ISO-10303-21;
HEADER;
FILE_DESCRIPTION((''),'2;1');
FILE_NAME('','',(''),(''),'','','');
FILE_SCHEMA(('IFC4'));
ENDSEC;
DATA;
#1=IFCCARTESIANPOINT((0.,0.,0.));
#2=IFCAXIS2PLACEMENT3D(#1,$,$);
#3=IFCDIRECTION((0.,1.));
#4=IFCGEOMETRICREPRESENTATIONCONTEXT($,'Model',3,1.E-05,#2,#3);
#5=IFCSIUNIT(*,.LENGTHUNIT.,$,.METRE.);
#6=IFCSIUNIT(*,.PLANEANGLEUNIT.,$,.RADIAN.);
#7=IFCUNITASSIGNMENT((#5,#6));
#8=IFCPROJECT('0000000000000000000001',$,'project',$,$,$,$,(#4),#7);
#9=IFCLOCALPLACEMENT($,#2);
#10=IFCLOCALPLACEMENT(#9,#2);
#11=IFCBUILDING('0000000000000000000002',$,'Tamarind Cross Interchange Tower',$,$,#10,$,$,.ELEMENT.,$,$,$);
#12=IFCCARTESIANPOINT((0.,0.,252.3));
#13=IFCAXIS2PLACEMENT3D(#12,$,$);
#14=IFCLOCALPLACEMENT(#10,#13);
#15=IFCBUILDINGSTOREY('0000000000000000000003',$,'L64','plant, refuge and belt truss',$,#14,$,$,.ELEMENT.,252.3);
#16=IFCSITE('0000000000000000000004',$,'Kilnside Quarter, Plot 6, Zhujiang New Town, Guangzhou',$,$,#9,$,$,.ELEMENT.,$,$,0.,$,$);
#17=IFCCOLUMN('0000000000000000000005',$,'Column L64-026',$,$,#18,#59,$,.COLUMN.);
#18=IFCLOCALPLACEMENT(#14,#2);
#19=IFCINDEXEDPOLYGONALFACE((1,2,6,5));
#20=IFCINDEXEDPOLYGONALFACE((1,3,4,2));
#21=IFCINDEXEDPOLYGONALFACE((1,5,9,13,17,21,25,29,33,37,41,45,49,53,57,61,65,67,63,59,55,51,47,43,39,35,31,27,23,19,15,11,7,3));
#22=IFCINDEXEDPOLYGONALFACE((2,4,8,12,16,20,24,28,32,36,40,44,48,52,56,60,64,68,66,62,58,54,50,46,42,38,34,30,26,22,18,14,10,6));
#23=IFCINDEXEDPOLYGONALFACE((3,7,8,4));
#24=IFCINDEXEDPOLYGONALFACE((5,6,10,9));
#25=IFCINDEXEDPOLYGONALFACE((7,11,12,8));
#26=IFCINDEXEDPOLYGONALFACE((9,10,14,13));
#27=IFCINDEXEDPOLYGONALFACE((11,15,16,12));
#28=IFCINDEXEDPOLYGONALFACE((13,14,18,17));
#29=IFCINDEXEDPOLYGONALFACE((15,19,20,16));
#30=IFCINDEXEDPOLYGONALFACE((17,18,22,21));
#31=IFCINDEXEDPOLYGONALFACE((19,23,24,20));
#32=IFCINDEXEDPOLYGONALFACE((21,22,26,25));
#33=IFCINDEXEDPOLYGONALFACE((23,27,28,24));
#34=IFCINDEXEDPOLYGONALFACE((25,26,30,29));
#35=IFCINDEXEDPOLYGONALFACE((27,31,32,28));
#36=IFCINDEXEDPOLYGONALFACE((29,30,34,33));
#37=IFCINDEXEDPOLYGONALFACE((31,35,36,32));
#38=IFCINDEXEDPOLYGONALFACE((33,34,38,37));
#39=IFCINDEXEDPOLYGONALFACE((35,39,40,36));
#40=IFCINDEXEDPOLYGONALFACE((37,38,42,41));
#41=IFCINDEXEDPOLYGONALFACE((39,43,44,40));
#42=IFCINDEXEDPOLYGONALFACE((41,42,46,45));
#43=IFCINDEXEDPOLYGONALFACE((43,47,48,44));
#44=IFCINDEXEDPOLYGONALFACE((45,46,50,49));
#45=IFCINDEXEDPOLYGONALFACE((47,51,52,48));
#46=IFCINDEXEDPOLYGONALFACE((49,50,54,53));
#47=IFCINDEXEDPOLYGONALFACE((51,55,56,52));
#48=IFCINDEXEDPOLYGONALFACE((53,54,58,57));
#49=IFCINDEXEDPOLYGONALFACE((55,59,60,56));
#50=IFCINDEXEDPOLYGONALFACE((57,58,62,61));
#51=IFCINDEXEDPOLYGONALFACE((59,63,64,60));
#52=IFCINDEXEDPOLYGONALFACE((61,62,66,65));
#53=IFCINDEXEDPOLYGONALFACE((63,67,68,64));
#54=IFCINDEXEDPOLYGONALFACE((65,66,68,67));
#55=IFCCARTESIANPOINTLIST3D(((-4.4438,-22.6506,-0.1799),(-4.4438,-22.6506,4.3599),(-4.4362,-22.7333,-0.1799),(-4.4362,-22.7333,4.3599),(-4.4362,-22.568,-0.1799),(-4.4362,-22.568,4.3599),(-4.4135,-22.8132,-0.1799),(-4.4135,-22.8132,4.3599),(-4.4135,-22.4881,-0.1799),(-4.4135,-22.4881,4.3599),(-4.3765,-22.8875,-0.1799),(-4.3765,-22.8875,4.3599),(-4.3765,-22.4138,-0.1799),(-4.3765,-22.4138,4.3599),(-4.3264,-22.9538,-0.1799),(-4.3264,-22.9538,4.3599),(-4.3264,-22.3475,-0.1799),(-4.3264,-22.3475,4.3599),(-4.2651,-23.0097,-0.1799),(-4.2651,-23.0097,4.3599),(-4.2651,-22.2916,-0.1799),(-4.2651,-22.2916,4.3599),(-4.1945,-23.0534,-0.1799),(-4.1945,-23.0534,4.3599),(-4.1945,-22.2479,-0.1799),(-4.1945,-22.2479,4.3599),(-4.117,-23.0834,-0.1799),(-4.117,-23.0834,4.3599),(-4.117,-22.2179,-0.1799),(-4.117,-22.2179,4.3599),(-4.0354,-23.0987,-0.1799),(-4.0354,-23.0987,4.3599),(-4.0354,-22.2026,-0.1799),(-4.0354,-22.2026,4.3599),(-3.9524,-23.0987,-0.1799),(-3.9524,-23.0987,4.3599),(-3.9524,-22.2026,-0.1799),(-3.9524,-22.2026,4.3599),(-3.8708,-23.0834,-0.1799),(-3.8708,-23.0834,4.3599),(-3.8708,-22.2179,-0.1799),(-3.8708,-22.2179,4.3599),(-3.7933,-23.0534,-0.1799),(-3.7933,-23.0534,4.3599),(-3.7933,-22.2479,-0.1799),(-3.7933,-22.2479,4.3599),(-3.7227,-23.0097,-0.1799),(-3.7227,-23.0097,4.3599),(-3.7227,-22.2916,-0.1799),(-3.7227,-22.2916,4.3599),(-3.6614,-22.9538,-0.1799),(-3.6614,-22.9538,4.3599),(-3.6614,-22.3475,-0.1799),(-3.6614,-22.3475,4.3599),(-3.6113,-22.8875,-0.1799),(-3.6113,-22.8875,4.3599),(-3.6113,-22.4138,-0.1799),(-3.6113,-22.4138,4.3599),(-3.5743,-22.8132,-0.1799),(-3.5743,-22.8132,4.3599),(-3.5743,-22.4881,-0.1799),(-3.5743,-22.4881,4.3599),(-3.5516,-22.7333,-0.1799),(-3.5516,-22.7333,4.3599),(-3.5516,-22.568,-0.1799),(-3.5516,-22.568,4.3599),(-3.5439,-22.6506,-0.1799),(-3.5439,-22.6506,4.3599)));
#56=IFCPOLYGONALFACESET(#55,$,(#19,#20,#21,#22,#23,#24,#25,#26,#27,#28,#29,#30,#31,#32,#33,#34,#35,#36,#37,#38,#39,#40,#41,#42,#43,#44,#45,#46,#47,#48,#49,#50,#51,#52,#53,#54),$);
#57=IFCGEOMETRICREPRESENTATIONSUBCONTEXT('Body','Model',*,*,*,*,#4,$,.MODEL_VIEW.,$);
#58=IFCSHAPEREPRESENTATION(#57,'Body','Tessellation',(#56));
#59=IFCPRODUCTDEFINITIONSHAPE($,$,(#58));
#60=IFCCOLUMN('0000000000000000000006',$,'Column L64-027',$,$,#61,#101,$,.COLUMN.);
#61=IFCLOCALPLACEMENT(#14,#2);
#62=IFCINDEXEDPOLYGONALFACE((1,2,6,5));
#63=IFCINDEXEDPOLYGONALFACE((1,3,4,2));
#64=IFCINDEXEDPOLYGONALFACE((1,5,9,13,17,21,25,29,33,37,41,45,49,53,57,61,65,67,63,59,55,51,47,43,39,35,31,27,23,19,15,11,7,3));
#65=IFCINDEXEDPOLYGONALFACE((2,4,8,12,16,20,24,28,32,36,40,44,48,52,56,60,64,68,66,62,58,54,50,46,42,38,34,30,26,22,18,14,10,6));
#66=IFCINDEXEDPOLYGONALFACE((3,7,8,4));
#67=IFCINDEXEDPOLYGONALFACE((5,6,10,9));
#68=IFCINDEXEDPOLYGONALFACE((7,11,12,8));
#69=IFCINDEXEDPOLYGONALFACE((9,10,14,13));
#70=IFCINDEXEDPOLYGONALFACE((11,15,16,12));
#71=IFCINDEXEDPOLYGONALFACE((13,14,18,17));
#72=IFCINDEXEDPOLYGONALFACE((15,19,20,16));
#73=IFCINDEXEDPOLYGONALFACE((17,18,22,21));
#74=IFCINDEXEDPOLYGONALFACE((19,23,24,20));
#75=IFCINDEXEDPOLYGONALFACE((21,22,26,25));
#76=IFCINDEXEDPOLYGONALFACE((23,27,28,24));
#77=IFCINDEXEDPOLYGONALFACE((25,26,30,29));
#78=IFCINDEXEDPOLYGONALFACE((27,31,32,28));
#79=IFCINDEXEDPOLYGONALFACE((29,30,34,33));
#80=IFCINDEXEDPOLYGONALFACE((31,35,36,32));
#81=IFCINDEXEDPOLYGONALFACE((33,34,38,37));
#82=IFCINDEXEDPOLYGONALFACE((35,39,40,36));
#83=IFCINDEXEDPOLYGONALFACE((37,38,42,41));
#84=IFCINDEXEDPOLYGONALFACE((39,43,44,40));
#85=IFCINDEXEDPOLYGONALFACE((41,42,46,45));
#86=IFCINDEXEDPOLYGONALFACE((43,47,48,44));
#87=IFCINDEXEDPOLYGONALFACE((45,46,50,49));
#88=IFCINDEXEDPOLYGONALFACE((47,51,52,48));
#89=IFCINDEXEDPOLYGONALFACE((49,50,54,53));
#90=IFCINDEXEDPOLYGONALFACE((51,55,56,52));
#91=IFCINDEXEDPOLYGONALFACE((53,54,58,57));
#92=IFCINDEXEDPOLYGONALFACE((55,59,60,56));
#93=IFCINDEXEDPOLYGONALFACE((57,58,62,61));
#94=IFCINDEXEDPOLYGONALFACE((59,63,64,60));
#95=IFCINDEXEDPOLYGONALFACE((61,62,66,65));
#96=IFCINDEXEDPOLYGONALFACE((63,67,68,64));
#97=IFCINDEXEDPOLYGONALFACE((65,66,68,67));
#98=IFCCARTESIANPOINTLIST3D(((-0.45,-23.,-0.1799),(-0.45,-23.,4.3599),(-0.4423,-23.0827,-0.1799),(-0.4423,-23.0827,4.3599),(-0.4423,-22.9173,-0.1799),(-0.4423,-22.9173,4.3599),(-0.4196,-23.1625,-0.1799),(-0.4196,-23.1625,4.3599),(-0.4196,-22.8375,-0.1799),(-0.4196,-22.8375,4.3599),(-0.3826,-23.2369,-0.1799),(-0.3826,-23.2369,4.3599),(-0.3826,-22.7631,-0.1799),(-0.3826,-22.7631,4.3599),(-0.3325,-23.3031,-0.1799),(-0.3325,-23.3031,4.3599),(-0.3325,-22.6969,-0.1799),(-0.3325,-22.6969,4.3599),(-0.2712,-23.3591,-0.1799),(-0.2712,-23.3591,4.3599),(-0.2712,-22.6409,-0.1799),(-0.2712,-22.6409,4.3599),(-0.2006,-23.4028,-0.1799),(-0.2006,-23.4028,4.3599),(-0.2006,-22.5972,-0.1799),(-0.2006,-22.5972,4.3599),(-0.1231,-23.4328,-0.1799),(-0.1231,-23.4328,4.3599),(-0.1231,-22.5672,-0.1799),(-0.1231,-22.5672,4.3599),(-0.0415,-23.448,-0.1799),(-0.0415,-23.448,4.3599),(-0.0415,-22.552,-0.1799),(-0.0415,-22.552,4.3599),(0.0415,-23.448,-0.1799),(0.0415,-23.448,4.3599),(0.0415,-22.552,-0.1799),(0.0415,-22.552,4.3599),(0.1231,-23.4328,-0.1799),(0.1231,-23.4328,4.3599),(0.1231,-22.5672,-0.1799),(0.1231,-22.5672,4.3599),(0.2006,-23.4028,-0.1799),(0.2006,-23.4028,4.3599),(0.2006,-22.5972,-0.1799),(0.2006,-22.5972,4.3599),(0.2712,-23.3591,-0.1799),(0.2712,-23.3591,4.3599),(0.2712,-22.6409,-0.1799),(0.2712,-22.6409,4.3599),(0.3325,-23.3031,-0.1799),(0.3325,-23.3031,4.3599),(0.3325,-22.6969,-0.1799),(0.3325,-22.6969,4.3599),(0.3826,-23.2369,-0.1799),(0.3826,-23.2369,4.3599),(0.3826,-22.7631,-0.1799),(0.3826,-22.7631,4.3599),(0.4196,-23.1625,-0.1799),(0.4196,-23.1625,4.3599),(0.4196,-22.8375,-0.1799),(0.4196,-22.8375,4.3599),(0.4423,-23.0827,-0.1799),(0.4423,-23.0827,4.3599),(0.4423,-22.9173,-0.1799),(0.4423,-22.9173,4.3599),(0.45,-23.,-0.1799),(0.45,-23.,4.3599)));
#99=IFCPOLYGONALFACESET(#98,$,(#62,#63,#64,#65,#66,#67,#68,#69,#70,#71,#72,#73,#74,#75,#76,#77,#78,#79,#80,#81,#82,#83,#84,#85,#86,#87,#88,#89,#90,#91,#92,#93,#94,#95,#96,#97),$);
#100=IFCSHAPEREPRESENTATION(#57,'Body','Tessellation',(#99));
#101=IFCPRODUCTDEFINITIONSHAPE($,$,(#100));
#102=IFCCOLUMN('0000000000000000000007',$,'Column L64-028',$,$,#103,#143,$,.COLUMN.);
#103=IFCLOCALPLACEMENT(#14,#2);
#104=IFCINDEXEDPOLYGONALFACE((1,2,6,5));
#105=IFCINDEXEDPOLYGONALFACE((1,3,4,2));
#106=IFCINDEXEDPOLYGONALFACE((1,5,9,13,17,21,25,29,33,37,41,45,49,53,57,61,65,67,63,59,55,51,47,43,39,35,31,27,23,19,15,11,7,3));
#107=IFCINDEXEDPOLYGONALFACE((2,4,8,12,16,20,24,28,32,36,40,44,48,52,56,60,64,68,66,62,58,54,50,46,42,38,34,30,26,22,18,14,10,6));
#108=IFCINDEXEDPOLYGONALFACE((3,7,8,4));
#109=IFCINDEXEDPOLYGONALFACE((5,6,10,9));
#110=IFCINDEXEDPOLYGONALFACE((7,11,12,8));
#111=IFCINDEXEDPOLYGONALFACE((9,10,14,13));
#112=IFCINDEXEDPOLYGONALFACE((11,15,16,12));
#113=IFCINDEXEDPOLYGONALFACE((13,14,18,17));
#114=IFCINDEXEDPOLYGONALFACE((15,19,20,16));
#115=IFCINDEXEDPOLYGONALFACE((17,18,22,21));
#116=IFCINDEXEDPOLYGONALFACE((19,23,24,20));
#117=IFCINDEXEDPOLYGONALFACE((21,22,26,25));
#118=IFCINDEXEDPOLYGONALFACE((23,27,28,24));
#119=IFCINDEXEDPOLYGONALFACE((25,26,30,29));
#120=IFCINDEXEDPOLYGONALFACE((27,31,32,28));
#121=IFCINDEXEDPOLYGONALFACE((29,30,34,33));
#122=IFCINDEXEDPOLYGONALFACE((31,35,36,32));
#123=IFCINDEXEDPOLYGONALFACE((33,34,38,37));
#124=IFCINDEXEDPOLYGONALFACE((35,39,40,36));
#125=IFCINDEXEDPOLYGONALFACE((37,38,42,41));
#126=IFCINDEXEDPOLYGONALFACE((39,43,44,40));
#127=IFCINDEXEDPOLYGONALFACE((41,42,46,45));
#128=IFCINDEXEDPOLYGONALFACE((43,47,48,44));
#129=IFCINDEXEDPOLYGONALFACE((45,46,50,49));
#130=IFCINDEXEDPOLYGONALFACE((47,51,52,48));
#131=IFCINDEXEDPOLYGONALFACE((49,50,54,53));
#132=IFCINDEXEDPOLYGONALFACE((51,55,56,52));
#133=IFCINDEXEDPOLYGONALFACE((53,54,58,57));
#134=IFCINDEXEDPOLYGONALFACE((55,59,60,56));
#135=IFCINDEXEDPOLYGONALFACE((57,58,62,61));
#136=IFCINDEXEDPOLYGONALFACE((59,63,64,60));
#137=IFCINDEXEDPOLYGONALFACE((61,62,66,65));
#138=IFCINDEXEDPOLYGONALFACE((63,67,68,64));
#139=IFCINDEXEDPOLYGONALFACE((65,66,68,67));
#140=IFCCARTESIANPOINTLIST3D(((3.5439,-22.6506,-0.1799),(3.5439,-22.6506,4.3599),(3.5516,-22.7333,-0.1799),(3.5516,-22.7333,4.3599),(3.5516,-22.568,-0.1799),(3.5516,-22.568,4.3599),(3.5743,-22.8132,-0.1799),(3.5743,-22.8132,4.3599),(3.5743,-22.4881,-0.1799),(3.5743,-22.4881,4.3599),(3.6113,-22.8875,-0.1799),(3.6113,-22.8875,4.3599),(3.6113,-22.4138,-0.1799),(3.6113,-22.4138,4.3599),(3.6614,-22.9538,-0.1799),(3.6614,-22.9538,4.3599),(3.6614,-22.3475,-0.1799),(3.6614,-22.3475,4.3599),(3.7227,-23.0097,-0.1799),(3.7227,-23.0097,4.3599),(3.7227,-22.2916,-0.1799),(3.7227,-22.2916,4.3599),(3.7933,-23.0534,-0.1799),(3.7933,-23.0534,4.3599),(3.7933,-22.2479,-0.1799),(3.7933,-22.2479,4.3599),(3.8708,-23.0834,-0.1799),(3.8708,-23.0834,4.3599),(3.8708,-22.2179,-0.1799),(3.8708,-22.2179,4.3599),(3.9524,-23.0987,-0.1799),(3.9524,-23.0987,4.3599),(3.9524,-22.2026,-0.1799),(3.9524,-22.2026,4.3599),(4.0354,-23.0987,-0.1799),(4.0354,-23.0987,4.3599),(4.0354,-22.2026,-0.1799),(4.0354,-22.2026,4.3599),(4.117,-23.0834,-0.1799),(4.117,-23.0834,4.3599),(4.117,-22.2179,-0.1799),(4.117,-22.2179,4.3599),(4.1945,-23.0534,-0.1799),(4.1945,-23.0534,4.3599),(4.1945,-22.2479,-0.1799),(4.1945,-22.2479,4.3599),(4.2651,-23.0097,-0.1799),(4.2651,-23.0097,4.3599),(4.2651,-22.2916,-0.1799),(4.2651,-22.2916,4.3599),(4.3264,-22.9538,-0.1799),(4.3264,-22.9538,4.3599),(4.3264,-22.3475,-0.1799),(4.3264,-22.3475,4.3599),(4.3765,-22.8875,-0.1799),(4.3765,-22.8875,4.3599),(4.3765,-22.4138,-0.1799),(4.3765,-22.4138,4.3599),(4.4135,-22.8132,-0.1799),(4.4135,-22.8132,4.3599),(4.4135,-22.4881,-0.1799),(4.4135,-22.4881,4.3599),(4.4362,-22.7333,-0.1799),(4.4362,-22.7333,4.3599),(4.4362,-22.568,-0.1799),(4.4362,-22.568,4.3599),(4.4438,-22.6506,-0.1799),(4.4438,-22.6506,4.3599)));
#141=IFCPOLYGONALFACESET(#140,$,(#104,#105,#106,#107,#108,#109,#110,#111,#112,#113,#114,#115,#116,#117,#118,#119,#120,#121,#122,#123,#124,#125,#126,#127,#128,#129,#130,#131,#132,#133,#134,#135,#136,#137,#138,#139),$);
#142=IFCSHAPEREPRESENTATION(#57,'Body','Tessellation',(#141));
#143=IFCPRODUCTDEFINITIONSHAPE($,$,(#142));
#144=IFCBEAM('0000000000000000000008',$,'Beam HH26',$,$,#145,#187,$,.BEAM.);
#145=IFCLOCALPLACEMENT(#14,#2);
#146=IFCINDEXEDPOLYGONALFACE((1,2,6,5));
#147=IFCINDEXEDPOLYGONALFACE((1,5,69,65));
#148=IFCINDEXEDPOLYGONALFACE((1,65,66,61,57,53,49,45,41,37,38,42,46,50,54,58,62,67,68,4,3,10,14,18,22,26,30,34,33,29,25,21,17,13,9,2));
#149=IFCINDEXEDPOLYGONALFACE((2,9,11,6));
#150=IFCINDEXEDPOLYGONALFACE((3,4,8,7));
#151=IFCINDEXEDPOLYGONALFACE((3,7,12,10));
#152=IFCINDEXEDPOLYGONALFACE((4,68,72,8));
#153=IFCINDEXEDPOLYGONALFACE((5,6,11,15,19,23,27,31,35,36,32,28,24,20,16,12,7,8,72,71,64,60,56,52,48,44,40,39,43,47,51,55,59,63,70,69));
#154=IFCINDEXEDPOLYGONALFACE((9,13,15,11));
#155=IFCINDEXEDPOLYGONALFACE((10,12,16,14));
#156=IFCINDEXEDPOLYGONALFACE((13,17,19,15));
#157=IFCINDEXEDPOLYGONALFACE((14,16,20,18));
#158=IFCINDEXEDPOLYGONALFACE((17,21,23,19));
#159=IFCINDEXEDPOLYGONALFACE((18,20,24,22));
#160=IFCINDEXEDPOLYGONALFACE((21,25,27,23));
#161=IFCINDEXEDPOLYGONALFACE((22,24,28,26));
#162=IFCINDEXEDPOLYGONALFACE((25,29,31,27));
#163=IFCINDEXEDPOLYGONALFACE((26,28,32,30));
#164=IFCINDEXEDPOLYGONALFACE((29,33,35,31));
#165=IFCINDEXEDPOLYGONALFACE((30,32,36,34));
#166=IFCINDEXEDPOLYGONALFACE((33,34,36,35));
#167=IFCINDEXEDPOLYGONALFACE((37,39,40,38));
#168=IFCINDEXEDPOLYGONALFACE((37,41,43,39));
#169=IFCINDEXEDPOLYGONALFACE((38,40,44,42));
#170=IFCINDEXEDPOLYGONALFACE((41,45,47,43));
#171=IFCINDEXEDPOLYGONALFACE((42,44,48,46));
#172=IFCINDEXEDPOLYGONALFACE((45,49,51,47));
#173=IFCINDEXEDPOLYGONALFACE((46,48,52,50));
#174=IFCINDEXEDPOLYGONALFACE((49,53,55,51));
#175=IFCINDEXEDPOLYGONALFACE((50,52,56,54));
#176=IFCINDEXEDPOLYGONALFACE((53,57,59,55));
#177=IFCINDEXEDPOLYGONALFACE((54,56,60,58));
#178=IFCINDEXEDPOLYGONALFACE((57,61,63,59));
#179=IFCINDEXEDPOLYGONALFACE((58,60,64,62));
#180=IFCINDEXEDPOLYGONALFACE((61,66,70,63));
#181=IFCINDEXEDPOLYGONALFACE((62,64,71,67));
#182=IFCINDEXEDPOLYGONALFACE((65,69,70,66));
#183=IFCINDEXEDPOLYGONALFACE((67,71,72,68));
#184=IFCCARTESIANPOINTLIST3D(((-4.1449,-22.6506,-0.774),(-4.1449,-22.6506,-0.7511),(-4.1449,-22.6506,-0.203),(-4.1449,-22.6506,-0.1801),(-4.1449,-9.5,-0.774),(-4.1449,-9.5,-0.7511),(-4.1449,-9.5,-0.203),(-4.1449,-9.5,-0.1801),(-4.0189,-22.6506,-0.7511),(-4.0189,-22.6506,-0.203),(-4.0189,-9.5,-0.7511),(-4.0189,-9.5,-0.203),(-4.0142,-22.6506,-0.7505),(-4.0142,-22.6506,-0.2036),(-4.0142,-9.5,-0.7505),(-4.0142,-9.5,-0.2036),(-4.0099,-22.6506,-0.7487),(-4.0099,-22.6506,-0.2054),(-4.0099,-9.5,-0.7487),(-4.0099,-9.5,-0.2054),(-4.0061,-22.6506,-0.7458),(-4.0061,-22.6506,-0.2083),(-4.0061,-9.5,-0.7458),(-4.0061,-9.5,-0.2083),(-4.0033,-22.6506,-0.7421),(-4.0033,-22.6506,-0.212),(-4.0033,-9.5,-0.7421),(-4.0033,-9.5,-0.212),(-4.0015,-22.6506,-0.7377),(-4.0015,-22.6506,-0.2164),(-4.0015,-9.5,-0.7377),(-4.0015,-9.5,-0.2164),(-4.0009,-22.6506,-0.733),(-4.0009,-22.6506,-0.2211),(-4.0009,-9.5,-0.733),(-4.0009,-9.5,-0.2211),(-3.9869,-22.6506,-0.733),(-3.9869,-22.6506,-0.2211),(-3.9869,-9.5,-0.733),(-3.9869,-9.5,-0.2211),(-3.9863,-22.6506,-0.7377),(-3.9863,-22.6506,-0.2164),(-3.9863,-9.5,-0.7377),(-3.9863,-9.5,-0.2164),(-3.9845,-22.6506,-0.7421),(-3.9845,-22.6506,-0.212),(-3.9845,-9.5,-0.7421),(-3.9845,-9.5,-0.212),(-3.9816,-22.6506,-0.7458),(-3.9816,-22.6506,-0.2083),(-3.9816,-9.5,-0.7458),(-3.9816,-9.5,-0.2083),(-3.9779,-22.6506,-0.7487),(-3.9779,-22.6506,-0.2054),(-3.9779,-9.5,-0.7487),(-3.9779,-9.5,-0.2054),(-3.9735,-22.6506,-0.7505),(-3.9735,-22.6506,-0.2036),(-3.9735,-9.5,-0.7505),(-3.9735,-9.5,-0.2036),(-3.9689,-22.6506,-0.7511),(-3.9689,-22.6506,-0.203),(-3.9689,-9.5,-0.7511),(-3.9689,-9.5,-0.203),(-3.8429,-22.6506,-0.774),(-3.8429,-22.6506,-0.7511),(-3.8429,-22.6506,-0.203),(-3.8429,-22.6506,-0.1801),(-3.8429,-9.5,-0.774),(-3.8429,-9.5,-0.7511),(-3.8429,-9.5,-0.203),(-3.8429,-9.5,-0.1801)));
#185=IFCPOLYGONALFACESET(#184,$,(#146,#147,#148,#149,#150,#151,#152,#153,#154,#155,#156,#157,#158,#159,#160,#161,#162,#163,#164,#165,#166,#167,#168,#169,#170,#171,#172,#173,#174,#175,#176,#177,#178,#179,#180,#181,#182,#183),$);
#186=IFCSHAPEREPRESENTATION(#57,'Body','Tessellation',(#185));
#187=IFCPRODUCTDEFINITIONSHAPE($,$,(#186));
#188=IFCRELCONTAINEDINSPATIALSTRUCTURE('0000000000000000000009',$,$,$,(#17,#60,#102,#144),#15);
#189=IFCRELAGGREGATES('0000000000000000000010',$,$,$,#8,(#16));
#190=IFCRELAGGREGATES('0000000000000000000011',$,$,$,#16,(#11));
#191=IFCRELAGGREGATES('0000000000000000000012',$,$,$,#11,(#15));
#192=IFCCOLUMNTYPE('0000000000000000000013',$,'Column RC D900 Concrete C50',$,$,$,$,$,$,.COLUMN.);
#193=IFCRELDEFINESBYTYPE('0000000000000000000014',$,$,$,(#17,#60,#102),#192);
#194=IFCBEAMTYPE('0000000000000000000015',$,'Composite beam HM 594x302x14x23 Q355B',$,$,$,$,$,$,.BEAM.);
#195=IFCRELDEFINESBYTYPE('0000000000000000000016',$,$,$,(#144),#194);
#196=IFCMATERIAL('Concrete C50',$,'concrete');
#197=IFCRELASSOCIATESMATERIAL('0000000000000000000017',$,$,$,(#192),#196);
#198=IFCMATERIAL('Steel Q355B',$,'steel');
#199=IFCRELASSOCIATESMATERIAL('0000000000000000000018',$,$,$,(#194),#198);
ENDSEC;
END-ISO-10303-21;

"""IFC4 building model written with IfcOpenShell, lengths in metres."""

from ifc_helpers import new_model, si_unit, direction, frame, origin, origin_2d, place, context, subcontext, project, spatial, circle, i_section, extrude, material, material_profile, profile_set, type_object, element, save


model = new_model("IFC4")

# Units and contexts
model_context = context("Model", 3, precision=1e-05, world=origin(), true_north=direction((0.0, 1.0)))
body_context = subcontext(model_context, "Body", "Model", "MODEL_VIEW")
ifc_project = project(units=[si_unit("LENGTHUNIT", "METRE"), si_unit("PLANEANGLEUNIT", "RADIAN")], contexts=[model_context])

# Site, building, storey
site_placement = place(None, origin())
site = spatial("IfcSite", under=ifc_project, at=site_placement, Name="Kilnside Quarter, Plot 6, Zhujiang New Town, Guangzhou", CompositionType="ELEMENT", RefElevation=0.0)
building_placement = place(site_placement, origin())
building = spatial("IfcBuilding", under=site, at=building_placement, Name="Tamarind Cross Interchange Tower", CompositionType="ELEMENT")
storey_placement = place(building_placement, frame((0.0, 0.0, 252.3)))
storey = spatial("IfcBuildingStorey", under=building, at=storey_placement, Name="L64", Description="plant, refuge and belt truss", CompositionType="ELEMENT", Elevation=252.3)

# Columns
ifc_material_1 = material(Name="Concrete C50", Category="concrete")
ifc_material_profile_1 = material_profile(ifc_material_1, circle(Radius=0.45, at=origin_2d()), Name="RC D900")
ifc_profile_set_1 = profile_set([ifc_material_profile_1], Name="Concrete C50")
column_type = type_object("IfcColumnType", Name="Column RC D900 Concrete C50", PredefinedType="COLUMN", material=ifc_profile_set_1)
for number, where, z_axis, x_axis, name in (
    (1, (-3.9939, -22.6506, -0.1799), (0.0, 0.0, 1.0), (1.0, 0.0, 0.0), "Column L64-026"),
    (2, (0.0, -23.0, -0.1799), (0.0, 0.0, 1.0), (1.0, 0.0, 0.0), "Column L64-027"),
    (3, (3.9939, -22.6506, -0.1799), (0.0, 0.0, 1.0), (1.0, 0.0, 0.0), "Column L64-028"),
):
    element("IfcColumn", number, at=place(storey_placement, frame(where, z_axis=z_axis, x_axis=x_axis)), inside=storey, type_object=column_type, Name=name, PredefinedType="COLUMN", context=body_context, shape_type="SweptSolid", body=[
        extrude(circle(Radius=0.45, at=origin_2d()), origin(), (0.0, 0.0, 1.0), 4.5398),
    ])

# Beam
ifc_material_2 = material(Name="Steel Q355B", Category="steel")
ifc_material_profile_2 = material_profile(ifc_material_2, i_section(OverallWidth=0.302, OverallDepth=0.594, WebThickness=0.0139, FlangeThickness=0.0229, FilletRadius=0.0181, at=origin_2d()), Name="HM 594x302x14x23")
ifc_profile_set_2 = profile_set([ifc_material_profile_2], Name="Steel Q355B")
beam_type_1 = type_object("IfcBeamType", Name="Composite beam HM 594x302x14x23 Q355B", PredefinedType="BEAM", material=ifc_profile_set_2)
beam_1_placement = place(storey_placement, frame((-3.9939, -22.6506, -0.4771), z_axis=(0.0, 1.0, 0.0), x_axis=(-1.0, 0.0, 0.0)))
element("IfcBeam", 4, at=beam_1_placement, inside=storey, type_object=beam_type_1, Name="Beam HH26", PredefinedType="BEAM", context=body_context, shape_type="SweptSolid", body=[
    extrude(i_section(OverallWidth=0.302, OverallDepth=0.594, WebThickness=0.0139, FlangeThickness=0.0229, FilletRadius=0.0181, at=origin_2d()), origin(), (0.0, 0.0, 1.0), 13.1506),
])

save(model, "model.ifc")
